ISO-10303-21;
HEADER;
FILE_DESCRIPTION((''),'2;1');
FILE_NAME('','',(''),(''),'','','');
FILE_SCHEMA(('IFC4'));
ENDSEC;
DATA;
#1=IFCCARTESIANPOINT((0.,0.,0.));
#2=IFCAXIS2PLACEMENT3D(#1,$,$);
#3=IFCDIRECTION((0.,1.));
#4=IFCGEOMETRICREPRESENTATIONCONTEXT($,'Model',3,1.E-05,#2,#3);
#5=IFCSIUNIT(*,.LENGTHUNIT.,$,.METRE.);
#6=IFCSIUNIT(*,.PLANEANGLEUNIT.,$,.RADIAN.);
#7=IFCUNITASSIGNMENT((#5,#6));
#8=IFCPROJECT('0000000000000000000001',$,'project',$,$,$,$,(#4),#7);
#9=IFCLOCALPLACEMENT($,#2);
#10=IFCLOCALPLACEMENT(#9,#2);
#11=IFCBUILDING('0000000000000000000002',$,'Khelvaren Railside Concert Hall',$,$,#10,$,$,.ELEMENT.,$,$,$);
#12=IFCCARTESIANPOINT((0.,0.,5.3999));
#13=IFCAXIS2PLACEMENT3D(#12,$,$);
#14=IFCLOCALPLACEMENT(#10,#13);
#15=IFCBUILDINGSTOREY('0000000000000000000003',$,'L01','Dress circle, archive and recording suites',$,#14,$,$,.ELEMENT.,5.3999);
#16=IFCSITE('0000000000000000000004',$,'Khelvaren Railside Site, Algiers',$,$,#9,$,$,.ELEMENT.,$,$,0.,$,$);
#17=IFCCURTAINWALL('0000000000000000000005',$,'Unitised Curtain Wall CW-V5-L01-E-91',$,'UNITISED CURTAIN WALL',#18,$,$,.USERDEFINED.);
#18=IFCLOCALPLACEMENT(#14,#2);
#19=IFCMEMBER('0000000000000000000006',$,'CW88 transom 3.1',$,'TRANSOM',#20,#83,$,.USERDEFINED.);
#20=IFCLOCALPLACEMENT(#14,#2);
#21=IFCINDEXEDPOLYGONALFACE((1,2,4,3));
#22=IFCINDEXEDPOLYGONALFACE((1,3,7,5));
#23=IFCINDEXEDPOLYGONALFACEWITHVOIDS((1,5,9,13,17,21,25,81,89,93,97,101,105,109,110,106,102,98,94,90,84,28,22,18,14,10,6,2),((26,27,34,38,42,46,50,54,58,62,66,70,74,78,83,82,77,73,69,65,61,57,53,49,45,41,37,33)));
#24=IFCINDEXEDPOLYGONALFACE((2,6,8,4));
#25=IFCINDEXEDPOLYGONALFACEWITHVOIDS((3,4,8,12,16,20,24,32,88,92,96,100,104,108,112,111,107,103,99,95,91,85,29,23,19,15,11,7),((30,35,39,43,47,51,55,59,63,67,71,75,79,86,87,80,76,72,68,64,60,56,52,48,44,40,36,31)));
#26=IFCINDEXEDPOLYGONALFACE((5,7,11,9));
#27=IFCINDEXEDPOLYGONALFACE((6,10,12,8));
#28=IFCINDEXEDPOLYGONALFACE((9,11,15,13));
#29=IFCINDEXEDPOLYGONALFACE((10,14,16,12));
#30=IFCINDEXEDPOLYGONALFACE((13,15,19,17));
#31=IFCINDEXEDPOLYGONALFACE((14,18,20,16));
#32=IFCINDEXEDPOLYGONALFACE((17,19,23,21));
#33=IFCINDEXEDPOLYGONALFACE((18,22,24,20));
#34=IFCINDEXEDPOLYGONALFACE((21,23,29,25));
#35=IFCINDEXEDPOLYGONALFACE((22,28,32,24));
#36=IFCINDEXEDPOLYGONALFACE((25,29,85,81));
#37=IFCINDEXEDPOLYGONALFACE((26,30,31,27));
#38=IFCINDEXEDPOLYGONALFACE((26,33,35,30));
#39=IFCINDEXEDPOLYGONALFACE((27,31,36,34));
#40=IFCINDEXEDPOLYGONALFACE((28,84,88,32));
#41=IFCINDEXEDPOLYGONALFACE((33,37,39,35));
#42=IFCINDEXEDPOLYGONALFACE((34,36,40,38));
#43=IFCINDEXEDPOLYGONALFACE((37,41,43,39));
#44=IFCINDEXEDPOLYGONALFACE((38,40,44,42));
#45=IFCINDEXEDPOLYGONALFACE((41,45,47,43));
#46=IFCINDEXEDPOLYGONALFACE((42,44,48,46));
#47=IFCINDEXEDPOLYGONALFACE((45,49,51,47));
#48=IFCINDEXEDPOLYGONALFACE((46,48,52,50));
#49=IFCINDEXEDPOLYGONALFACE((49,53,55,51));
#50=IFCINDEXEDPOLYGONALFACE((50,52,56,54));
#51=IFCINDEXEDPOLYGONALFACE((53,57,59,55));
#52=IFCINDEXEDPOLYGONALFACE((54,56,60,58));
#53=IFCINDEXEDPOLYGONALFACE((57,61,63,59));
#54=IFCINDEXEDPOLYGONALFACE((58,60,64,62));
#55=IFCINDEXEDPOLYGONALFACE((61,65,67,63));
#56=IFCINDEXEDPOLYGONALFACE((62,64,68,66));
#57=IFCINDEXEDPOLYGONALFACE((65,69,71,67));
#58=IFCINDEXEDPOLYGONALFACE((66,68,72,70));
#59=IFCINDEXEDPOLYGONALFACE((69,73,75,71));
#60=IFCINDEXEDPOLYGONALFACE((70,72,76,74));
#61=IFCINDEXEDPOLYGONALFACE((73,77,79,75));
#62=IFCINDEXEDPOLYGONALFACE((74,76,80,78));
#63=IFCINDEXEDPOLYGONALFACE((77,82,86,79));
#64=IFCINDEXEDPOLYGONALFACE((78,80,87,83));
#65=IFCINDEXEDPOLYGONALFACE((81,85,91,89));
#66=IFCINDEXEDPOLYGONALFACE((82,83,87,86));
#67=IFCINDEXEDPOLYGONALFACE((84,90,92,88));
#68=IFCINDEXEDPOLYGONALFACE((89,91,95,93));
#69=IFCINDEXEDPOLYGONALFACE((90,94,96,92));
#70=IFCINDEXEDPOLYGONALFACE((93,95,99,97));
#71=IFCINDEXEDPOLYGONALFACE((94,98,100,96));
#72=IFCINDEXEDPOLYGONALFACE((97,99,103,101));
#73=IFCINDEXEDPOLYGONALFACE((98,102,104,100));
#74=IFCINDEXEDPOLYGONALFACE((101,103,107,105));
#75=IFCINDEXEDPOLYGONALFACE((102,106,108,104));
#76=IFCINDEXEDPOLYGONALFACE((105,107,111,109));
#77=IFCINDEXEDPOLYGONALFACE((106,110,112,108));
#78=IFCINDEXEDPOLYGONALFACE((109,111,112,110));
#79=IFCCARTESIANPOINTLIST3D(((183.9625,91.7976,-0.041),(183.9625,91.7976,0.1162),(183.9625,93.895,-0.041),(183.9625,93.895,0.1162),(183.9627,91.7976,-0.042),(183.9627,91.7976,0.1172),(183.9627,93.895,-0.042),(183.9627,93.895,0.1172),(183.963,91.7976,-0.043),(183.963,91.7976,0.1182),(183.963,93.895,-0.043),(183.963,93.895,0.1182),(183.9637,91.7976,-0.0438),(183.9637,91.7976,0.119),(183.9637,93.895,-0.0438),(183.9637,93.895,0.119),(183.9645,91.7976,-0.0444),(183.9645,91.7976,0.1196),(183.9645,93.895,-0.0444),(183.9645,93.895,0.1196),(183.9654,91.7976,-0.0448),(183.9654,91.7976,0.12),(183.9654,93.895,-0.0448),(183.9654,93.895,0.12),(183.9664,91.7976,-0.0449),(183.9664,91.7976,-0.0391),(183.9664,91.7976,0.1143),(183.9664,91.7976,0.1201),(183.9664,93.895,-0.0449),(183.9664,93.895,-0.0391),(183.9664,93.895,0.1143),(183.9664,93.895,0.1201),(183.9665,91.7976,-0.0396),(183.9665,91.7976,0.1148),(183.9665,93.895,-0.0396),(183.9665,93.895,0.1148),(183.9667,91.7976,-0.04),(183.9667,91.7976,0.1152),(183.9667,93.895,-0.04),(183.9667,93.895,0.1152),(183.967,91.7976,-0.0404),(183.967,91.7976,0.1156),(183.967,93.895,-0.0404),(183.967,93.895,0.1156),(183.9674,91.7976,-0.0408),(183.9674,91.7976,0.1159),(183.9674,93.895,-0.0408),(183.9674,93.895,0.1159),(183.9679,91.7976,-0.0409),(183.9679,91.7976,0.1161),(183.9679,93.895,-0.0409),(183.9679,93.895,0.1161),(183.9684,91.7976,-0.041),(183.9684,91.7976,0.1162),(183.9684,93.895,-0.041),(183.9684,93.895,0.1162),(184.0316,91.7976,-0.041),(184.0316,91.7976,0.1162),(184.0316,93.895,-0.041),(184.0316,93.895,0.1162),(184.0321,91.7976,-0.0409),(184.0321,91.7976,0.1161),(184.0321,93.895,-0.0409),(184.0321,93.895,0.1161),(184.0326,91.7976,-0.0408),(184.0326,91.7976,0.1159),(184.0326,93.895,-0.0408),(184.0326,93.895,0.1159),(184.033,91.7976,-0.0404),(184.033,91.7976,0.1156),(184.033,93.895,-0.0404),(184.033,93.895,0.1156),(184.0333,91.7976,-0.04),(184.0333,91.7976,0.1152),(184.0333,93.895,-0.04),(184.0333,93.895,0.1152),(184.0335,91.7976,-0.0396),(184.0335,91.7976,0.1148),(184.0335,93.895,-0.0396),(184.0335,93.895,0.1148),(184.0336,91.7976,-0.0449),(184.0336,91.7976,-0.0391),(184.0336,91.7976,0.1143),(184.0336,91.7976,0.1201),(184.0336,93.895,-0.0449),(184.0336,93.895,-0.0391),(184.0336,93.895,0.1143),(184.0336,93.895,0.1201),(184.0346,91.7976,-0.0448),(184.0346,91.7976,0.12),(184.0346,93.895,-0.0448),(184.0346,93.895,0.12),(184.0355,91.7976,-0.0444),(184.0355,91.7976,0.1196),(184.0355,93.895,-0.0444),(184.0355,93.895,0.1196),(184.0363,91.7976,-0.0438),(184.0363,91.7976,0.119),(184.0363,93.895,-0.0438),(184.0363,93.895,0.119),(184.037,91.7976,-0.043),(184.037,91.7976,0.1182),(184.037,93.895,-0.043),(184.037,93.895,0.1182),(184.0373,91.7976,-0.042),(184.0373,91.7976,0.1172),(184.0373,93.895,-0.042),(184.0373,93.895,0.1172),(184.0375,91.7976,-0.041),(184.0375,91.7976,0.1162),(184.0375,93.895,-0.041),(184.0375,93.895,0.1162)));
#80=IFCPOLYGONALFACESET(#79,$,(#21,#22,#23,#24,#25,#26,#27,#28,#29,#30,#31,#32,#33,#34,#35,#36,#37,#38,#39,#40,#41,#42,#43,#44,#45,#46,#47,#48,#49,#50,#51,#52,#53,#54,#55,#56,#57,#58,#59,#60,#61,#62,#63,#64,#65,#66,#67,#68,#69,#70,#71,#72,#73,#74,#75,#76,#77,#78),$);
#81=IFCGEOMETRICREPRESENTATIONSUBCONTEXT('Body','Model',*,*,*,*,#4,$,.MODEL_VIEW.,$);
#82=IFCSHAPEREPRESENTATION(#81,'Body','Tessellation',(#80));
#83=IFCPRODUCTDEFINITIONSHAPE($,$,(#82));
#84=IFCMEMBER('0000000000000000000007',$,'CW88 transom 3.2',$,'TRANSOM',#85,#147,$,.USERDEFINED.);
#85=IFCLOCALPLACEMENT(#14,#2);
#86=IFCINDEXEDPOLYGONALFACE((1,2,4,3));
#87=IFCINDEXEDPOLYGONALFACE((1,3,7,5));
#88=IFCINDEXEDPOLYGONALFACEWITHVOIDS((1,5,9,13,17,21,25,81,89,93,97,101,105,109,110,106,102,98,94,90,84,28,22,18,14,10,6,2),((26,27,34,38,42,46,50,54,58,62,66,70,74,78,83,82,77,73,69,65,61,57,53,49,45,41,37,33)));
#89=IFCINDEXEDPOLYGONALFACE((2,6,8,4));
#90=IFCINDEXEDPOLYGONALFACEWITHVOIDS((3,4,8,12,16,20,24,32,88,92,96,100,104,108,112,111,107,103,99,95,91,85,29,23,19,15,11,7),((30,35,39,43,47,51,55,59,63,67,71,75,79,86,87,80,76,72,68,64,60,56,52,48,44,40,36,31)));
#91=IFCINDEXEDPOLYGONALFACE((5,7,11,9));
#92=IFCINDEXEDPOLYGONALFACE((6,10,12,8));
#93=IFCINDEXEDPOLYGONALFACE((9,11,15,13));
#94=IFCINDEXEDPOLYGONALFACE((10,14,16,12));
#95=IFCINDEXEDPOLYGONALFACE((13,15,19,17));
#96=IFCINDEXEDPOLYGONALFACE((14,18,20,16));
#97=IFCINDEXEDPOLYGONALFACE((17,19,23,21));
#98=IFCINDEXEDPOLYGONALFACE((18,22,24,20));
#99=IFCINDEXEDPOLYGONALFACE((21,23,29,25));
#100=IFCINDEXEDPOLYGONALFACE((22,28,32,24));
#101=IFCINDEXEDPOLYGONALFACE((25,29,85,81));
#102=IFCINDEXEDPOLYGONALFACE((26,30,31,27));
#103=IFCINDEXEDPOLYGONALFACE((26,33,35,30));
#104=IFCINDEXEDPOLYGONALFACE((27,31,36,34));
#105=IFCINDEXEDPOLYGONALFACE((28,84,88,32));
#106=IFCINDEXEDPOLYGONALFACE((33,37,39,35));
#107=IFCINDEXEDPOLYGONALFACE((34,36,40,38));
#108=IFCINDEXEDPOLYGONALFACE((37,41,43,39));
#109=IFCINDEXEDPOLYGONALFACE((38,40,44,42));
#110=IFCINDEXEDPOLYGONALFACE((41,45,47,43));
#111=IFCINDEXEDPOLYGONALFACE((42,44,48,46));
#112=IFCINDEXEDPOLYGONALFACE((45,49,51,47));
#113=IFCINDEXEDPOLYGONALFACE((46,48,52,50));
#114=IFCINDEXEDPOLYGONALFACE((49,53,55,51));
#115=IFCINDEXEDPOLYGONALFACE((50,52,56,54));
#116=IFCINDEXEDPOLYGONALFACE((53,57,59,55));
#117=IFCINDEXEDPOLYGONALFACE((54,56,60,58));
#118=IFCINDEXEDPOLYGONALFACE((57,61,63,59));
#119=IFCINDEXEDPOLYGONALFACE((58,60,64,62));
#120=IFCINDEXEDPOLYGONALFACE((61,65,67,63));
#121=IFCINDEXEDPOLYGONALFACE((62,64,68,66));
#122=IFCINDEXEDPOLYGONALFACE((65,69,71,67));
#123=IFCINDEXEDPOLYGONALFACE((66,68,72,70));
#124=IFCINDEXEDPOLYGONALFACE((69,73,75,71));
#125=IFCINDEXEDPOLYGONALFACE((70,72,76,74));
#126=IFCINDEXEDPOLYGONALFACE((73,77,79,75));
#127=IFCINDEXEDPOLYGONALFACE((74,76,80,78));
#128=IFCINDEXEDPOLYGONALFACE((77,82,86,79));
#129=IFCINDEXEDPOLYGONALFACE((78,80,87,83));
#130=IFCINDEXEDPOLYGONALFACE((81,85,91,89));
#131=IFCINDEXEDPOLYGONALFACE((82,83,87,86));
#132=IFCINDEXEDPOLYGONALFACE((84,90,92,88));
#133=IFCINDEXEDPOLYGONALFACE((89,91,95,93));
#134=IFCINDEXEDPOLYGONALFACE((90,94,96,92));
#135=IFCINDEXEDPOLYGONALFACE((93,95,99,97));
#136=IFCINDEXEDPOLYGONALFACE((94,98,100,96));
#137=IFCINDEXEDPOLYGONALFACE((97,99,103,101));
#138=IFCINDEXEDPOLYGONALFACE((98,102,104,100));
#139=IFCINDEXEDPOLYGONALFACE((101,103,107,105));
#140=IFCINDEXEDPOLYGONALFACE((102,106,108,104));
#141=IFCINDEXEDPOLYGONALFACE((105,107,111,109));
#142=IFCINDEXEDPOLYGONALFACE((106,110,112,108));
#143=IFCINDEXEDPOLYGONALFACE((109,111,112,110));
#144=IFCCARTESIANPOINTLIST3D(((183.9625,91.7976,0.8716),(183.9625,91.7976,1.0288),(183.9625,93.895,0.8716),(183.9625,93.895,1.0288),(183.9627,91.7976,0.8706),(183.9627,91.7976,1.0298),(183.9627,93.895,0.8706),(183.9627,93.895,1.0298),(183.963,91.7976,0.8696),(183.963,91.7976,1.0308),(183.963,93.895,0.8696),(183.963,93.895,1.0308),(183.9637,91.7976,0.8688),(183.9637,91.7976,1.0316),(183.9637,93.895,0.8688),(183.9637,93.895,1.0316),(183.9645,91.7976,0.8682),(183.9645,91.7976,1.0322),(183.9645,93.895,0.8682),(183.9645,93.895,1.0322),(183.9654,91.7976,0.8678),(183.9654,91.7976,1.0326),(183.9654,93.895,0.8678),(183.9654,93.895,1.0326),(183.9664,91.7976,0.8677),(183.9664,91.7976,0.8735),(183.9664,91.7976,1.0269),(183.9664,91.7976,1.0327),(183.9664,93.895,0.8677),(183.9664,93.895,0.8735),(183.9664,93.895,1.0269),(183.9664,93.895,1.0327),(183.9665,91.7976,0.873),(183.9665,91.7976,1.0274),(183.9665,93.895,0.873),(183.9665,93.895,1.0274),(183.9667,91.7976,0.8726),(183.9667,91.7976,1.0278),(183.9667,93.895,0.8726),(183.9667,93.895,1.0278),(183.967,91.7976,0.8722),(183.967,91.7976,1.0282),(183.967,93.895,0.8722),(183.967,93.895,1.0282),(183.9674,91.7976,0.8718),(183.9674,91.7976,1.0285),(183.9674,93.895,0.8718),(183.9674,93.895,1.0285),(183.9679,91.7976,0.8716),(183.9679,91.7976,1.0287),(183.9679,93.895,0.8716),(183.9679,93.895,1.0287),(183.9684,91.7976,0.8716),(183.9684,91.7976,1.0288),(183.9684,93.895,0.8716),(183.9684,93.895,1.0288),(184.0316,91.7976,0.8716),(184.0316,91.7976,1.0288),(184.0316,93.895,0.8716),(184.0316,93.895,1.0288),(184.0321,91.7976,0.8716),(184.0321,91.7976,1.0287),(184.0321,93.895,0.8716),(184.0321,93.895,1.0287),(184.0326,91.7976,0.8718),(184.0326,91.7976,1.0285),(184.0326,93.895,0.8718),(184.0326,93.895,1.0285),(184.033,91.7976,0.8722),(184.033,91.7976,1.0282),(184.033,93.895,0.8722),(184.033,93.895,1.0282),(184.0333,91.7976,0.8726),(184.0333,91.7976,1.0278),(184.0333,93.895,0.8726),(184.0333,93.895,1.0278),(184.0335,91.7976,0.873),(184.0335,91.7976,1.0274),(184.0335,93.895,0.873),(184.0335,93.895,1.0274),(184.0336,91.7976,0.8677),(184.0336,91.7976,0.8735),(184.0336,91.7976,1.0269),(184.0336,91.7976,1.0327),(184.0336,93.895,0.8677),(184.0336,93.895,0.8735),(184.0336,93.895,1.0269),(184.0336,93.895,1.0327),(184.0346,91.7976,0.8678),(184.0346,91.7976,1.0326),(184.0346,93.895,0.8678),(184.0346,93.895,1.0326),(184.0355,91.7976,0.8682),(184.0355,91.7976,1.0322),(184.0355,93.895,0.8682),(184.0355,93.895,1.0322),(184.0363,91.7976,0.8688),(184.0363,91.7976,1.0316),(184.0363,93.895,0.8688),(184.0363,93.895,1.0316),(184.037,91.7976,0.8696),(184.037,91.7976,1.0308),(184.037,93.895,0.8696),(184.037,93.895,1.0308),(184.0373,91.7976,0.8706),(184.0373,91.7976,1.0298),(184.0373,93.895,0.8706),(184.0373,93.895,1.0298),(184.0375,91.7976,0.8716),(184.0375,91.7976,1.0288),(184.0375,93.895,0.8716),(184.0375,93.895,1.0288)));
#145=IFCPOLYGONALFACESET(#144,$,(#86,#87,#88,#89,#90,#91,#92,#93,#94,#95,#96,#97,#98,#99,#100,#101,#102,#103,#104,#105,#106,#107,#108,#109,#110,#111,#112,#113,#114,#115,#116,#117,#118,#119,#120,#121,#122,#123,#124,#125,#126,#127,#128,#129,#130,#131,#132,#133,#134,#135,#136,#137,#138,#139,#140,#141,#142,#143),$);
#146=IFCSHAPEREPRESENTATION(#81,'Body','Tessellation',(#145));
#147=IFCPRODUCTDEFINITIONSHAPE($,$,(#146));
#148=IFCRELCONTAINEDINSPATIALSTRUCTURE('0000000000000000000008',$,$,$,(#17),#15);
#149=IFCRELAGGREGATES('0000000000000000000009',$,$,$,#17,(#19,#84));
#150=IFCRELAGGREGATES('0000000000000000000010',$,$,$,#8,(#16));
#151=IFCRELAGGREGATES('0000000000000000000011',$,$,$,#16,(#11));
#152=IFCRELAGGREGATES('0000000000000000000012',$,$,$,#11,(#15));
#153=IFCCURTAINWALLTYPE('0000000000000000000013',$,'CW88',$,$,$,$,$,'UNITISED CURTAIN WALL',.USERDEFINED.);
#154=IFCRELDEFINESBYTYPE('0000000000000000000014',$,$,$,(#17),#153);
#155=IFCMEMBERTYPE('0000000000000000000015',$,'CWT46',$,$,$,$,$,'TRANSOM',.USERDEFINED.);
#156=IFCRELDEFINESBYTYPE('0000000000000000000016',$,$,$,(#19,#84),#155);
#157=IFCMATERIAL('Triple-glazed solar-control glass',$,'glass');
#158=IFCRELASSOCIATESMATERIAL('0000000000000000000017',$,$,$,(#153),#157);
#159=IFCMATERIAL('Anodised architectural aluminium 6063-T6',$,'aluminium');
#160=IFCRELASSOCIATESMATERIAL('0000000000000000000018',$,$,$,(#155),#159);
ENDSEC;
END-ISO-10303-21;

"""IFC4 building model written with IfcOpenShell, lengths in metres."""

from ifc_helpers import new_model, si_unit, direction, frame, origin, origin_2d, place, context, subcontext, project, spatial, hollow_rectangle, extrude, material, material_profile, profile_set, type_object, element, aggregate, save


model = new_model("IFC4")

# Units and contexts
model_context = context("Model", 3, precision=1e-05, world=origin(), true_north=direction((0.0, 1.0)))
body_context = subcontext(model_context, "Body", "Model", "MODEL_VIEW")
ifc_project = project(units=[si_unit("LENGTHUNIT", "METRE"), si_unit("PLANEANGLEUNIT", "RADIAN")], contexts=[model_context])

# Site, building, storey
site_placement = place(None, origin())
site = spatial("IfcSite", under=ifc_project, at=site_placement, Name="Khelvaren Railside Site, Algiers", CompositionType="ELEMENT", RefElevation=0.0)
building_placement = place(site_placement, origin())
building = spatial("IfcBuilding", under=site, at=building_placement, Name="Khelvaren Railside Concert Hall", CompositionType="ELEMENT")
storey_placement = place(building_placement, frame((0.0, 0.0, 5.3999)))
storey = spatial("IfcBuildingStorey", under=building, at=storey_placement, Name="L01", Description="Dress circle, archive and recording suites", CompositionType="ELEMENT", Elevation=5.3999)

# Curtain wall
ifc_material_1 = material(Name="Triple-glazed solar-control glass", Category="glass")
curtain_wall_type_1 = type_object("IfcCurtainWallType", Name="CW88", ElementType="UNITISED CURTAIN WALL", PredefinedType="USERDEFINED", material=ifc_material_1)
curtain_wall_1_placement = place(storey_placement, origin())
curtain_wall_1 = element("IfcCurtainWall", 1, at=curtain_wall_1_placement, inside=storey, type_object=curtain_wall_type_1, Name="Unitised Curtain Wall CW-V5-L01-E-91", ObjectType="UNITISED CURTAIN WALL", PredefinedType="USERDEFINED")
ifc_material_2 = material(Name="Anodised architectural aluminium 6063-T6", Category="aluminium")

# Members
ifc_material_profile_1 = material_profile(ifc_material_2, hollow_rectangle(XDim=0.075, YDim=0.165, WallThickness=0.0039, InnerFilletRadius=0.002, OuterFilletRadius=0.0039, at=origin_2d()), Name="CWT 75x165x4")
ifc_profile_set_1 = profile_set([ifc_material_profile_1], Name="Anodised architectural aluminium 6063-T6")
member_type_1 = type_object("IfcMemberType", Name="CWT46", ElementType="TRANSOM", PredefinedType="USERDEFINED", material=ifc_profile_set_1)
member_1_placement = place(storey_placement, frame((184.0, 93.895, 0.0376), z_axis=(0.0, -1.0, 0.0), x_axis=(1.0, 0.0, 0.0)))
member_1 = element("IfcMember", 2, at=member_1_placement, type_object=member_type_1, Name="CW88 transom 3.1", ObjectType="TRANSOM", PredefinedType="USERDEFINED", context=body_context, shape_type="SweptSolid", body=[
    extrude(hollow_rectangle(XDim=0.075, YDim=0.165, WallThickness=0.0039, InnerFilletRadius=0.002, OuterFilletRadius=0.0039, at=origin_2d()), origin(), (0.0, 0.0, 1.0), 2.0974),
])
member_2_placement = place(storey_placement, frame((184.0, 93.895, 0.9502), z_axis=(0.0, -1.0, 0.0), x_axis=(1.0, 0.0, 0.0)))
member_2 = element("IfcMember", 3, at=member_2_placement, type_object=member_type_1, Name="CW88 transom 3.2", ObjectType="TRANSOM", PredefinedType="USERDEFINED", context=body_context, shape_type="SweptSolid", body=[
    extrude(hollow_rectangle(XDim=0.075, YDim=0.165, WallThickness=0.0039, InnerFilletRadius=0.002, OuterFilletRadius=0.0039, at=origin_2d()), origin(), (0.0, 0.0, 1.0), 2.0974),
])

aggregate(curtain_wall_1, [member_1, member_2])

save(model, "model.ifc")
